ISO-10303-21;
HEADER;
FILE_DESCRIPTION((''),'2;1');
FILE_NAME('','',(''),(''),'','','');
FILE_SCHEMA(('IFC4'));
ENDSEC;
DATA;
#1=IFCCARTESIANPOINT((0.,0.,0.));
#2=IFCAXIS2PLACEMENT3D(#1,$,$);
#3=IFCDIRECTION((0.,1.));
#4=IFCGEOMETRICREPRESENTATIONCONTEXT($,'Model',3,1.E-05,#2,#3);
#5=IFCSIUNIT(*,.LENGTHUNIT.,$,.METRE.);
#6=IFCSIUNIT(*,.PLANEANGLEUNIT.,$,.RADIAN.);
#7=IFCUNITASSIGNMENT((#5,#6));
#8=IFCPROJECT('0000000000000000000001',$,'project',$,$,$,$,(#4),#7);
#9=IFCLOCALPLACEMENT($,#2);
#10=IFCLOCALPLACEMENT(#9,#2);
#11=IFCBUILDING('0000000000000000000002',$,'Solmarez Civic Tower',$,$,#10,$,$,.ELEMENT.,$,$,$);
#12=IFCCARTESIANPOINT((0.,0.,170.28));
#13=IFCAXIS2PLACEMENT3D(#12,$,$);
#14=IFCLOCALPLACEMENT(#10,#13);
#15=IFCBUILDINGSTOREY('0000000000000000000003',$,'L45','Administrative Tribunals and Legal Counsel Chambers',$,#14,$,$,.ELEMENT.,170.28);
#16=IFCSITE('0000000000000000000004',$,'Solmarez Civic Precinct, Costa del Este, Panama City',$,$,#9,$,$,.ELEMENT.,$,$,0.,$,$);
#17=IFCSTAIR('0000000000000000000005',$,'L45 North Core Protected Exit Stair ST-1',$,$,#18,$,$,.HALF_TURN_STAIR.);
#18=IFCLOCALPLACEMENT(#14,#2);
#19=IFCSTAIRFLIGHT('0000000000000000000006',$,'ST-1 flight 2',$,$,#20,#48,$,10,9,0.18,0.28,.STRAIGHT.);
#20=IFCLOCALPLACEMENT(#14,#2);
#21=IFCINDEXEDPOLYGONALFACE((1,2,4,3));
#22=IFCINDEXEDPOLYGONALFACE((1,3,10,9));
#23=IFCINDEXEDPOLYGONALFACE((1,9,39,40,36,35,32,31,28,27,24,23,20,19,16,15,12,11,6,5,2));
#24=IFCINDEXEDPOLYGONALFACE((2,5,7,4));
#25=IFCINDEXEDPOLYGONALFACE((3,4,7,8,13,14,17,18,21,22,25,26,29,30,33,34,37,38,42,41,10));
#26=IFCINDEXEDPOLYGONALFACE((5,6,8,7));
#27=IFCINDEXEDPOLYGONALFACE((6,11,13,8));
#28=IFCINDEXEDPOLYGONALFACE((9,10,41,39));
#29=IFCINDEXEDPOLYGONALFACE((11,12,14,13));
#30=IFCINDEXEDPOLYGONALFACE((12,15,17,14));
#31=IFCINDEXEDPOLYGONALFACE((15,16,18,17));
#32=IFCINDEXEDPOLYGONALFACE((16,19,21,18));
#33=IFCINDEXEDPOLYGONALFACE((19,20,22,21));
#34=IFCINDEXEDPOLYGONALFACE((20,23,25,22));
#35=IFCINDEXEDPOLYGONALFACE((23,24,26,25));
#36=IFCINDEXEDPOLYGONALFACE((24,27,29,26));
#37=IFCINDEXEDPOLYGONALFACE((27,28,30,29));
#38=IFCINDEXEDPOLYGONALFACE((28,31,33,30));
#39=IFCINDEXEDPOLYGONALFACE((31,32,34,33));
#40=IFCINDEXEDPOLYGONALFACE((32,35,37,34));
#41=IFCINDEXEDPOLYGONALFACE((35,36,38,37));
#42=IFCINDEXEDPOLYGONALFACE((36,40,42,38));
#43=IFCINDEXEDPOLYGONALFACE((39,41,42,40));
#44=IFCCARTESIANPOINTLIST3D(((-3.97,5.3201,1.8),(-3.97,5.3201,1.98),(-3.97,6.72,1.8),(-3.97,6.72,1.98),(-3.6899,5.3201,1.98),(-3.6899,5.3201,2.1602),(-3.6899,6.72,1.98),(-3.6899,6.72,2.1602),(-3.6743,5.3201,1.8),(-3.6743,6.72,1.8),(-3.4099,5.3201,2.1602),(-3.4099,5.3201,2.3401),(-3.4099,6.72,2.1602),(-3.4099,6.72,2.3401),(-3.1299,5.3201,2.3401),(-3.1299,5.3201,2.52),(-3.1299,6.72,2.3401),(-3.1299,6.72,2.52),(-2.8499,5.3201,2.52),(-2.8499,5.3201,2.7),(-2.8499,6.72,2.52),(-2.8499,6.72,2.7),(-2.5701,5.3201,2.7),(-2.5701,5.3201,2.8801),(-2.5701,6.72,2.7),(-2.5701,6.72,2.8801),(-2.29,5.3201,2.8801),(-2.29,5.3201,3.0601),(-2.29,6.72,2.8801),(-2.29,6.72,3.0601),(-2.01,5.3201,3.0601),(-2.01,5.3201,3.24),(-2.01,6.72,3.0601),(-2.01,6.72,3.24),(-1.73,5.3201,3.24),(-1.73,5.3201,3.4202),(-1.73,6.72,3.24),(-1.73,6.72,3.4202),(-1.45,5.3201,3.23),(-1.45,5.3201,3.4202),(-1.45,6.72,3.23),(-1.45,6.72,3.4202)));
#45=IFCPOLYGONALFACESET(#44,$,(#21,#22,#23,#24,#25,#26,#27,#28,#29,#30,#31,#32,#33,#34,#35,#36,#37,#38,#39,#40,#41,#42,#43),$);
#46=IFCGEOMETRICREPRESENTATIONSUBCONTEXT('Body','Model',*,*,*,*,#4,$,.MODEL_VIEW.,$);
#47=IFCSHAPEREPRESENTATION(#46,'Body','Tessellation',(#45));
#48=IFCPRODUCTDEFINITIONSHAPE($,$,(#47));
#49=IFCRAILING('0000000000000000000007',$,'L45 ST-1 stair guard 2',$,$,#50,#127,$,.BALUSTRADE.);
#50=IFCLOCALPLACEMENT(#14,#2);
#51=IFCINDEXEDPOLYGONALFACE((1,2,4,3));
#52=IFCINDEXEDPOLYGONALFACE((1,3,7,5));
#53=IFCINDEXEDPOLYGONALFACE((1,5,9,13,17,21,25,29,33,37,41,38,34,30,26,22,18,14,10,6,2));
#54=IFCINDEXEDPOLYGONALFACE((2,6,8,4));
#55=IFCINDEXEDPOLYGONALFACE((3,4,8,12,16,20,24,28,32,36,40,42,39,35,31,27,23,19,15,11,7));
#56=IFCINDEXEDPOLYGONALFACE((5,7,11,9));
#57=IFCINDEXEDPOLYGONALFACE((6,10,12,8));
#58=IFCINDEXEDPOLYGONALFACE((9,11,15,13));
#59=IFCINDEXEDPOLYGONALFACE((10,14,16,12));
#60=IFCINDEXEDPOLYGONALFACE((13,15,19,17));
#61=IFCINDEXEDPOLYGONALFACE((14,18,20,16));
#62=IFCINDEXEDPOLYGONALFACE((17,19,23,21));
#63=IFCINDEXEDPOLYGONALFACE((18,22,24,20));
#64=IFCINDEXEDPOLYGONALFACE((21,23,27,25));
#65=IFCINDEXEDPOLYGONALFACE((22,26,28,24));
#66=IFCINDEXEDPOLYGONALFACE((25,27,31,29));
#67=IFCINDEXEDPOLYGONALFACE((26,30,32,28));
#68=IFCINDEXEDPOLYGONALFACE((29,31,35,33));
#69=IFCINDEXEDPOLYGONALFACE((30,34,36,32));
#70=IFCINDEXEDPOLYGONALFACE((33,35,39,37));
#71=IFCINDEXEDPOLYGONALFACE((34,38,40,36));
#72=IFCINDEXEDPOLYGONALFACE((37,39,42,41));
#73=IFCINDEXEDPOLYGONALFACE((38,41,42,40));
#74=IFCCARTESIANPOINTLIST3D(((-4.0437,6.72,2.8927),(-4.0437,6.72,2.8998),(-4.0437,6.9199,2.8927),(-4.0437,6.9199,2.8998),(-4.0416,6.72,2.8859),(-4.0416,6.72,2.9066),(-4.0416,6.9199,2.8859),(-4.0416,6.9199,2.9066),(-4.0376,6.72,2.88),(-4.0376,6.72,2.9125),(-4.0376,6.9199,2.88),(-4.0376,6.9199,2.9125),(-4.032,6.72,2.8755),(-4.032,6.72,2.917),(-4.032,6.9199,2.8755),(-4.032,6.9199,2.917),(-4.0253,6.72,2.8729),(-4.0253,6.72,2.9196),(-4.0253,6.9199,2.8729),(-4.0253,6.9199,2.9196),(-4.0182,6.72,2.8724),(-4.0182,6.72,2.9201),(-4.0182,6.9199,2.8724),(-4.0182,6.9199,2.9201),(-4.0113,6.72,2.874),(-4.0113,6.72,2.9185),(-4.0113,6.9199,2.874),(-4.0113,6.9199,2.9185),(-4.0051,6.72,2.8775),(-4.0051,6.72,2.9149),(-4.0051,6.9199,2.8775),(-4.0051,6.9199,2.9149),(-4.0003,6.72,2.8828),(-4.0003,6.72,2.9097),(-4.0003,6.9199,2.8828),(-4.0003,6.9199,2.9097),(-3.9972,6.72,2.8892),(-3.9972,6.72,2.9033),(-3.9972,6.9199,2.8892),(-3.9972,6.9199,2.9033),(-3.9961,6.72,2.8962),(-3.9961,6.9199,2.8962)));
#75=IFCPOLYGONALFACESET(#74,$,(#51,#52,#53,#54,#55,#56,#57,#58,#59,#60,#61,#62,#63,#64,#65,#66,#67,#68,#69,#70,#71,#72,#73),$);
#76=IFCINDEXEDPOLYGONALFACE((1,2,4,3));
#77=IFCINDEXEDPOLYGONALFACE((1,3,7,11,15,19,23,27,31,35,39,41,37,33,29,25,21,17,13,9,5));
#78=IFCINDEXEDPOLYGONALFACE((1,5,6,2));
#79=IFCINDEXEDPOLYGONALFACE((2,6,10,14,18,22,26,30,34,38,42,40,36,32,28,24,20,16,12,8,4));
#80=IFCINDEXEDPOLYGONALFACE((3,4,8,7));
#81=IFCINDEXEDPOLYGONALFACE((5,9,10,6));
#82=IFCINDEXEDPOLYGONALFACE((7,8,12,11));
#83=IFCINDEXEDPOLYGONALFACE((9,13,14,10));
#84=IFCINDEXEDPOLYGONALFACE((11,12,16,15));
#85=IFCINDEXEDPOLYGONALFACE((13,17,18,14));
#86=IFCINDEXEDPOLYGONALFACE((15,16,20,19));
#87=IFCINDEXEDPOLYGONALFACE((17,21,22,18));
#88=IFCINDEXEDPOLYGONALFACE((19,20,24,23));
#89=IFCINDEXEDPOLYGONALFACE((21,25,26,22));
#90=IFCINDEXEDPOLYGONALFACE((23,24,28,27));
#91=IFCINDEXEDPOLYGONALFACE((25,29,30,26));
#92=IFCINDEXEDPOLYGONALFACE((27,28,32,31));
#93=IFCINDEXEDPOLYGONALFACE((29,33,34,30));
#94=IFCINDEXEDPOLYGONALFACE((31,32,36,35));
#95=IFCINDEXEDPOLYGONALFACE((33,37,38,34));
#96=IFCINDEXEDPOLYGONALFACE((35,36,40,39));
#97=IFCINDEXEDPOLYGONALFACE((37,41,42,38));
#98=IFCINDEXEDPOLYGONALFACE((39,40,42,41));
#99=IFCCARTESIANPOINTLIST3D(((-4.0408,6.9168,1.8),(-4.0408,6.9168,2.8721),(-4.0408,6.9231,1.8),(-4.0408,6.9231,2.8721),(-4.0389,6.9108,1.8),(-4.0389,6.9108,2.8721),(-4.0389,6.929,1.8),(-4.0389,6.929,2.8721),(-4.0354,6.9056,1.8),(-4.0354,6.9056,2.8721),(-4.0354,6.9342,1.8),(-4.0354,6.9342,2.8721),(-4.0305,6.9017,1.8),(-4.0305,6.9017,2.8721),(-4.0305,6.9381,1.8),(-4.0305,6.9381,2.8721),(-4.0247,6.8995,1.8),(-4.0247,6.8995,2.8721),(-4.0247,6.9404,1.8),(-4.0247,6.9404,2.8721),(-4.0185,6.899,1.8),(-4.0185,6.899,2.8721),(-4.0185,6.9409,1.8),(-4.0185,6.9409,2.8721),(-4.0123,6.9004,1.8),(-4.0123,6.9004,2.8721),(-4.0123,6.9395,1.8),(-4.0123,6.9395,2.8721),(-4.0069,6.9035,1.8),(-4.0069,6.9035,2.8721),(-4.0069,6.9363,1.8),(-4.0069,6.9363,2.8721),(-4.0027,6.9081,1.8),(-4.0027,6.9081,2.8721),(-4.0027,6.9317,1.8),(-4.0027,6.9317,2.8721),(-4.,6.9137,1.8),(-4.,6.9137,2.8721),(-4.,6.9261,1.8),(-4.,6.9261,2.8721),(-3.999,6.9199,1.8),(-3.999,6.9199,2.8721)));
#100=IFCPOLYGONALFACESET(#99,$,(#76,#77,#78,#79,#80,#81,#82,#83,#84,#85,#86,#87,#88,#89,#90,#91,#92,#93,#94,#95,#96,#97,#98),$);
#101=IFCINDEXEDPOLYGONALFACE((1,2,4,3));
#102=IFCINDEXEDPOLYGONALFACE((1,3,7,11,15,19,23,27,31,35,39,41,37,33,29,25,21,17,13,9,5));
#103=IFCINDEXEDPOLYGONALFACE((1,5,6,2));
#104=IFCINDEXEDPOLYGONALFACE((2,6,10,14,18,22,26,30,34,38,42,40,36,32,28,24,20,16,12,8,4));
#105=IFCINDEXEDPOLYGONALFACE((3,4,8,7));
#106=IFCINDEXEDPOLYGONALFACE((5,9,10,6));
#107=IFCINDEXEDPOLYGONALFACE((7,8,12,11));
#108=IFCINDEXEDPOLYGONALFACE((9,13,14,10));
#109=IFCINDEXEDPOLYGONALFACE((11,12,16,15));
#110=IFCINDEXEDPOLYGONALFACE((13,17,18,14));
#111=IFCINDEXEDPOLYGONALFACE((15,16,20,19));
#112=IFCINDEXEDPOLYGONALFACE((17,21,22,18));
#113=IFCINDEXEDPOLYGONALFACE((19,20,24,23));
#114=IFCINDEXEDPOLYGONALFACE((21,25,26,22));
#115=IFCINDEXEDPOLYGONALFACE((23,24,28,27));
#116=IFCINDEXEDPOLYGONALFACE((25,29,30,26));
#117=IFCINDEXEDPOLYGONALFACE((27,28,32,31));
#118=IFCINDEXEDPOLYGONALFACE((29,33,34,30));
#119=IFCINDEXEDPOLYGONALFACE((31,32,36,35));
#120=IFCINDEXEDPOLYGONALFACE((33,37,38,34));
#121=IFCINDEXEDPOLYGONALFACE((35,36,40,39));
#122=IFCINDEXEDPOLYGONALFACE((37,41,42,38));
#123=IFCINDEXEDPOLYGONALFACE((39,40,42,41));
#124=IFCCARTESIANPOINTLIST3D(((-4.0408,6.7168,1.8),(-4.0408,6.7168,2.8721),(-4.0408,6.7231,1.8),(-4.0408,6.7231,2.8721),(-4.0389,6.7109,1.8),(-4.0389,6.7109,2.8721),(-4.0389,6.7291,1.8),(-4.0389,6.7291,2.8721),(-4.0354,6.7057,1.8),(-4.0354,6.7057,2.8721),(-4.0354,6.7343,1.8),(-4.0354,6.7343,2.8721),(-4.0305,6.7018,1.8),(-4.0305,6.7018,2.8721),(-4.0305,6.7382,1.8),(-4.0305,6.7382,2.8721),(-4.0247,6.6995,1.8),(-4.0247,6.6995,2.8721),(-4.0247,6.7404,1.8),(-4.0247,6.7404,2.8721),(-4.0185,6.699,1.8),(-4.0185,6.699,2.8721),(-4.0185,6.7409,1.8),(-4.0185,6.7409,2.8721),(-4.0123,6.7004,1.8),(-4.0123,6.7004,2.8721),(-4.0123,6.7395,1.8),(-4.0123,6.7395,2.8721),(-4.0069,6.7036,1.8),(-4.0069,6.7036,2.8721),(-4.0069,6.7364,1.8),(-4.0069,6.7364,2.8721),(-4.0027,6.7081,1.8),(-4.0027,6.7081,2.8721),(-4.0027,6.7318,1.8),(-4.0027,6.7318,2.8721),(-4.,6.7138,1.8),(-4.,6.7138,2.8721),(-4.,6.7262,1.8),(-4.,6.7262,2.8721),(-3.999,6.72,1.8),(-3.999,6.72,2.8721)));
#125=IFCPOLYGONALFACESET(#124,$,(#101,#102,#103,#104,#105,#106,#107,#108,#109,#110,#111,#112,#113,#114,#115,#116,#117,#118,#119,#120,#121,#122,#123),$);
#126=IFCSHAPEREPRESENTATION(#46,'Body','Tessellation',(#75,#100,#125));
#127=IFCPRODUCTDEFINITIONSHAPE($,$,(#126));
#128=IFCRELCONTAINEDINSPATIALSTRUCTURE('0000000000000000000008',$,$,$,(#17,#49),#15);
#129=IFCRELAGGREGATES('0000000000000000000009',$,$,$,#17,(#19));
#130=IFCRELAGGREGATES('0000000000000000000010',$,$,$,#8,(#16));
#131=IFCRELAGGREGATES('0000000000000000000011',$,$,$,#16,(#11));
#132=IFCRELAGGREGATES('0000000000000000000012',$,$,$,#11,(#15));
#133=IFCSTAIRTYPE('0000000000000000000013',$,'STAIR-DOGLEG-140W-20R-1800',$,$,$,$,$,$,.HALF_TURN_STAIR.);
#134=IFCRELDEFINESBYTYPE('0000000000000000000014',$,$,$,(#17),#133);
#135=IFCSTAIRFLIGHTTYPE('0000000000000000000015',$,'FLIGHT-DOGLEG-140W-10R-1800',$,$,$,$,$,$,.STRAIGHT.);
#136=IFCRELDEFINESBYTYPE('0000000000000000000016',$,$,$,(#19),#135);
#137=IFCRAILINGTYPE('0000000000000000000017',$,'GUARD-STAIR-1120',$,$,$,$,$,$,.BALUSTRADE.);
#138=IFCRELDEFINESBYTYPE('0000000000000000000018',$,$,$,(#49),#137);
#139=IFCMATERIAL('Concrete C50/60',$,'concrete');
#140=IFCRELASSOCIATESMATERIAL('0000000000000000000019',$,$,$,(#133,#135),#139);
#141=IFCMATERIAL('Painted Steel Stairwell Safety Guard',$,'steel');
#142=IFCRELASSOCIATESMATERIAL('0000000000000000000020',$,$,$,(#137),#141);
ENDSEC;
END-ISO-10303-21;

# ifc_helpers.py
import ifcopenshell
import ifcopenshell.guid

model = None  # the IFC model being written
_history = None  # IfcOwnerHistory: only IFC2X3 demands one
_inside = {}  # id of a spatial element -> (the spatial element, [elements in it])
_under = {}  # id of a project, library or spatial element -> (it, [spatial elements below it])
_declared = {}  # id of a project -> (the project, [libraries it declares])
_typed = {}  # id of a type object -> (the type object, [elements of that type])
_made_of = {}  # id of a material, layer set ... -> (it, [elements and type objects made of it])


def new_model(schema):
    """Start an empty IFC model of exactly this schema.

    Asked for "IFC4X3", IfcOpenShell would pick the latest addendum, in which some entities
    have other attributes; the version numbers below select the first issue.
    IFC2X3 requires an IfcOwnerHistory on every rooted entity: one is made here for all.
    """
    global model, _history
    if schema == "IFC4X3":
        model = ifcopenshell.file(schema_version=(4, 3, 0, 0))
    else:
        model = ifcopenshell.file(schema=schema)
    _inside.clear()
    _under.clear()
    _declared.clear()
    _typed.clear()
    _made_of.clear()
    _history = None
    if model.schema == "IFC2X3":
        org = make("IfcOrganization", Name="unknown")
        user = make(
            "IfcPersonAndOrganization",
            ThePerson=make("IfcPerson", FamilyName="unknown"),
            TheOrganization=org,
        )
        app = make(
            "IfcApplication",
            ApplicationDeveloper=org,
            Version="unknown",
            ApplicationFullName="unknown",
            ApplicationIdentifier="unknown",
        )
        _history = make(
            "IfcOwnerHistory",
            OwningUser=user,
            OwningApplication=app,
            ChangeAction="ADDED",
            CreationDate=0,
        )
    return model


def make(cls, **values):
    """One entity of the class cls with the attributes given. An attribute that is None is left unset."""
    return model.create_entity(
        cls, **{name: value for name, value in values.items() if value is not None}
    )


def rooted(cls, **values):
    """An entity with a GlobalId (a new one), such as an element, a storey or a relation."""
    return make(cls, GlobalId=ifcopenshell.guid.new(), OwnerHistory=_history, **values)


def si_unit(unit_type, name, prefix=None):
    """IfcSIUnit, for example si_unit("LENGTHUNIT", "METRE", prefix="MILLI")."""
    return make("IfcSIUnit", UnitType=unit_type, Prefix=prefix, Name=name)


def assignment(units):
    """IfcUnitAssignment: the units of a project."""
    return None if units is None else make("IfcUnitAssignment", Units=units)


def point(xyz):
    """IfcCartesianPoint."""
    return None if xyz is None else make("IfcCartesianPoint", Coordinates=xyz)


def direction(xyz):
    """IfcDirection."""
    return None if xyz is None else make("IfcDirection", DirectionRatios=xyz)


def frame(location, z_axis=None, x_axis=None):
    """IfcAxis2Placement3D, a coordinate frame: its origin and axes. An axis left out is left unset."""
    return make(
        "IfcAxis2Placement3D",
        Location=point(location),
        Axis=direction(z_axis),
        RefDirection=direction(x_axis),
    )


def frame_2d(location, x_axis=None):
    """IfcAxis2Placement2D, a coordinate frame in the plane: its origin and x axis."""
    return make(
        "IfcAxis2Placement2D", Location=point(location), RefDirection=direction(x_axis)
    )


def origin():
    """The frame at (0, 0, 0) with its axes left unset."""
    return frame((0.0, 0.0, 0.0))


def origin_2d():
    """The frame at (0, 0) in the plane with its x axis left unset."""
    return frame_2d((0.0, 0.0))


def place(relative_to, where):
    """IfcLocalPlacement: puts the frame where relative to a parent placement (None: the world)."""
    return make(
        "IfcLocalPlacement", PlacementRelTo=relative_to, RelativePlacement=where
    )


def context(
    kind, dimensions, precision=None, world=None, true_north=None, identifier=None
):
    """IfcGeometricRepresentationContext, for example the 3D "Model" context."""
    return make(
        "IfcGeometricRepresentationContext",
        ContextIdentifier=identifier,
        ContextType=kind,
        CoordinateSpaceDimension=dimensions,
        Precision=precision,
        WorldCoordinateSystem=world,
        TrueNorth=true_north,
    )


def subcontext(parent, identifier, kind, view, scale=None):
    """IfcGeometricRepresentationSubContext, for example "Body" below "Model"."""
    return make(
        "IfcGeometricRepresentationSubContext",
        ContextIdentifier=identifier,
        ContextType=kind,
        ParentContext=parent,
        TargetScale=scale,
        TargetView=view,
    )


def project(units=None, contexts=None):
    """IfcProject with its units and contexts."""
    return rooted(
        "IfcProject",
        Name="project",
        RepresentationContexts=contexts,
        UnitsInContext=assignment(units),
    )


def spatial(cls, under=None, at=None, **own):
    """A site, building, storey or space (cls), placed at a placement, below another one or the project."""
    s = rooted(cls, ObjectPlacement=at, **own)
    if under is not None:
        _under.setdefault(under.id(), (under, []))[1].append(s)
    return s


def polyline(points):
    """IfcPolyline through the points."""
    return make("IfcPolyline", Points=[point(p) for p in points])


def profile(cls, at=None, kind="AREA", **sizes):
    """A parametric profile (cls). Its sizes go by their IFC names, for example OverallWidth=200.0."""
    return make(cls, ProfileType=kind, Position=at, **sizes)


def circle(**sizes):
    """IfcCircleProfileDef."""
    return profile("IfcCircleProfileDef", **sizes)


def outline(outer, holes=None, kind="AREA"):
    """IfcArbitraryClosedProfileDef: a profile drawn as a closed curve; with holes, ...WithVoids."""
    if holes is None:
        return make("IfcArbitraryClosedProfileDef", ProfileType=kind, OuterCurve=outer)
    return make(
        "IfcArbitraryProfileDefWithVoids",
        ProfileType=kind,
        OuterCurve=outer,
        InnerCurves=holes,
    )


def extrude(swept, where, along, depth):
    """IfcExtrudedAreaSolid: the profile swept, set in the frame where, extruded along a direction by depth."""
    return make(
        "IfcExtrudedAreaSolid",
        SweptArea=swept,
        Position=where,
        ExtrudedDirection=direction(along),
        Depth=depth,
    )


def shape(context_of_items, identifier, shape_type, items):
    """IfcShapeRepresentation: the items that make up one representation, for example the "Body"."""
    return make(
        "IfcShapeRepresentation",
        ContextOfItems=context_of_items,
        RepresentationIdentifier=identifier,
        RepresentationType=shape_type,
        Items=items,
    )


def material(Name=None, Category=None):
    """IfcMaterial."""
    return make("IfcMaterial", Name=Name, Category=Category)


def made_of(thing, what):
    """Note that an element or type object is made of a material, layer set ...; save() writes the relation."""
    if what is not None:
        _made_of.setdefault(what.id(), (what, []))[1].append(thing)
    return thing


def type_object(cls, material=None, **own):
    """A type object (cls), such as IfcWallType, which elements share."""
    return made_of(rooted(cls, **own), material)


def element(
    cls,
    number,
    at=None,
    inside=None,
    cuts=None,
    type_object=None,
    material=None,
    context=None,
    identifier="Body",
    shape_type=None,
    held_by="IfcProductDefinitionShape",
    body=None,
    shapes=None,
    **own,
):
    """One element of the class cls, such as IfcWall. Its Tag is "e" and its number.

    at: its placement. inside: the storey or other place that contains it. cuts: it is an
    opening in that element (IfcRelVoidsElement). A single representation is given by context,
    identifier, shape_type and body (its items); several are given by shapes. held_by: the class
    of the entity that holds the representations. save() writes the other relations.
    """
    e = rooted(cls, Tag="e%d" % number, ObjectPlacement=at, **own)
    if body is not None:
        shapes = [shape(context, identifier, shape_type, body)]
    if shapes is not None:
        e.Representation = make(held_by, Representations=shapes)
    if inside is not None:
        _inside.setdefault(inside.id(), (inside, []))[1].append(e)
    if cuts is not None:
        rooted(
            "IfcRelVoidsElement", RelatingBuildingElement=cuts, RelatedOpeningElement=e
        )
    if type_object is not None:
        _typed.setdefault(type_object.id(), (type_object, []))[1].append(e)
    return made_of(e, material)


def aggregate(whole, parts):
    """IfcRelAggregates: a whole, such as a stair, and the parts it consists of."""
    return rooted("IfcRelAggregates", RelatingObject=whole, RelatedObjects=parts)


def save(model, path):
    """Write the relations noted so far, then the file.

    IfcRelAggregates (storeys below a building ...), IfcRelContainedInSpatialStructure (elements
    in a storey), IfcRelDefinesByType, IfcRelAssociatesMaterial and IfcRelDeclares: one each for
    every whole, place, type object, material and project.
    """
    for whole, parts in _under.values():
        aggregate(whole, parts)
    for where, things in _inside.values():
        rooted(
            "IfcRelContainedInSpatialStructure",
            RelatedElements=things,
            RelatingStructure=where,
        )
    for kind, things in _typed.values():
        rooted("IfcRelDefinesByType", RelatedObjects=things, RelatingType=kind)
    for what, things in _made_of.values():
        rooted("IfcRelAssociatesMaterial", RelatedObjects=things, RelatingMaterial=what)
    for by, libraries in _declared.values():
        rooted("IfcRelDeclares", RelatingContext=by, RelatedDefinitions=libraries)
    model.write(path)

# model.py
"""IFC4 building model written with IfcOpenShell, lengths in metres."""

from ifc_helpers import new_model, si_unit, direction, frame, origin, origin_2d, place, context, subcontext, project, spatial, polyline, circle, outline, extrude, material, type_object, element, aggregate, save


model = new_model("IFC4")

# Units and contexts
model_context = context("Model", 3, precision=1e-05, world=origin(), true_north=direction((0.0, 1.0)))
body_context = subcontext(model_context, "Body", "Model", "MODEL_VIEW")
ifc_project = project(units=[si_unit("LENGTHUNIT", "METRE"), si_unit("PLANEANGLEUNIT", "RADIAN")], contexts=[model_context])

# Site, building, storey
site_placement = place(None, origin())
site = spatial("IfcSite", under=ifc_project, at=site_placement, Name="Solmarez Civic Precinct, Costa del Este, Panama City", CompositionType="ELEMENT", RefElevation=0.0)
building_placement = place(site_placement, origin())
building = spatial("IfcBuilding", under=site, at=building_placement, Name="Solmarez Civic Tower", CompositionType="ELEMENT")
storey_placement = place(building_placement, frame((0.0, 0.0, 170.28)))
storey = spatial("IfcBuildingStorey", under=building, at=storey_placement, Name="L45", Description="Administrative Tribunals and Legal Counsel Chambers", CompositionType="ELEMENT", Elevation=170.28)

# Shared definitions
ifc_material_1 = material(Name="Concrete C50/60", Category="concrete")

# Stair, stair flight
stair_type = type_object("IfcStairType", Name="STAIR-DOGLEG-140W-20R-1800", PredefinedType="HALF_TURN_STAIR", material=ifc_material_1)
stair_placement = place(storey_placement, origin())
stair = element("IfcStair", 1, at=stair_placement, inside=storey, type_object=stair_type, Name="L45 North Core Protected Exit Stair ST-1", PredefinedType="HALF_TURN_STAIR")
stair_flight_type = type_object("IfcStairFlightType", Name="FLIGHT-DOGLEG-140W-10R-1800", PredefinedType="STRAIGHT", material=ifc_material_1)
stair_flight_placement = place(storey_placement, frame((-3.97, 6.02, 1.8), z_axis=(0.0, 0.0, 1.0), x_axis=(1.0, 0.0, 0.0)))
stair_flight = element("IfcStairFlight", 2, at=stair_flight_placement, type_object=stair_flight_type, Name="ST-1 flight 2", NumberOfRisers=10, NumberOfTreads=9, PredefinedType="STRAIGHT", RiserHeight=0.18, TreadLength=0.28, context=body_context, shape_type="SweptSolid", body=[
    extrude(outline(polyline([(0.0, 0.0), (0.0, 0.1799), (0.28, 0.1799), (0.28, 0.3601), (0.5601, 0.3601), (0.5601, 0.54), (0.8401, 0.54), (0.8401, 0.72), (1.1201, 0.72), (1.1201, 0.8999), (1.3999, 0.8999), (1.3999, 1.0801), (1.6799, 1.0801), (1.6799, 1.26), (1.96, 1.26), (1.96, 1.4399), (2.24, 1.4399), (2.24, 1.6201), (2.52, 1.6201), (2.52, 1.8), (2.52, 1.4299), (0.2957, 0.0), (0.0, 0.0)])), frame((0.0, 0.7, 0.0), z_axis=(0.0, -1.0, 0.0), x_axis=(1.0, 0.0, 0.0)), (0.0, 0.0, 1.0), 1.3999),
])
aggregate(stair, [stair_flight])

# Railing
ifc_material_2 = material(Name="Painted Steel Stairwell Safety Guard", Category="steel")
railing_type_1 = type_object("IfcRailingType", Name="GUARD-STAIR-1120", PredefinedType="BALUSTRADE", material=ifc_material_2)
railing_1_placement = place(storey_placement, frame((-4.02, 6.9199, 1.8)))
element("IfcRailing", 3, at=railing_1_placement, inside=storey, type_object=railing_type_1, Name="L45 ST-1 stair guard 2", PredefinedType="BALUSTRADE", context=body_context, shape_type="SweptSolid", body=[
    extrude(circle(Radius=0.0239, at=origin_2d()), frame((0.0, 0.0, 1.0962), z_axis=(0.0, -1.0, 0.0), x_axis=(1.0, 0.0, 0.0)), (0.0, 0.0, 1.0), 0.2),
    extrude(circle(Radius=0.021, at=origin_2d()), origin(), (0.0, 0.0, 1.0), 1.072),
    extrude(circle(Radius=0.021, at=origin_2d()), frame((0.0, -0.2, 0.0)), (0.0, 0.0, 1.0), 1.072),
])

save(model, "model.ifc")
